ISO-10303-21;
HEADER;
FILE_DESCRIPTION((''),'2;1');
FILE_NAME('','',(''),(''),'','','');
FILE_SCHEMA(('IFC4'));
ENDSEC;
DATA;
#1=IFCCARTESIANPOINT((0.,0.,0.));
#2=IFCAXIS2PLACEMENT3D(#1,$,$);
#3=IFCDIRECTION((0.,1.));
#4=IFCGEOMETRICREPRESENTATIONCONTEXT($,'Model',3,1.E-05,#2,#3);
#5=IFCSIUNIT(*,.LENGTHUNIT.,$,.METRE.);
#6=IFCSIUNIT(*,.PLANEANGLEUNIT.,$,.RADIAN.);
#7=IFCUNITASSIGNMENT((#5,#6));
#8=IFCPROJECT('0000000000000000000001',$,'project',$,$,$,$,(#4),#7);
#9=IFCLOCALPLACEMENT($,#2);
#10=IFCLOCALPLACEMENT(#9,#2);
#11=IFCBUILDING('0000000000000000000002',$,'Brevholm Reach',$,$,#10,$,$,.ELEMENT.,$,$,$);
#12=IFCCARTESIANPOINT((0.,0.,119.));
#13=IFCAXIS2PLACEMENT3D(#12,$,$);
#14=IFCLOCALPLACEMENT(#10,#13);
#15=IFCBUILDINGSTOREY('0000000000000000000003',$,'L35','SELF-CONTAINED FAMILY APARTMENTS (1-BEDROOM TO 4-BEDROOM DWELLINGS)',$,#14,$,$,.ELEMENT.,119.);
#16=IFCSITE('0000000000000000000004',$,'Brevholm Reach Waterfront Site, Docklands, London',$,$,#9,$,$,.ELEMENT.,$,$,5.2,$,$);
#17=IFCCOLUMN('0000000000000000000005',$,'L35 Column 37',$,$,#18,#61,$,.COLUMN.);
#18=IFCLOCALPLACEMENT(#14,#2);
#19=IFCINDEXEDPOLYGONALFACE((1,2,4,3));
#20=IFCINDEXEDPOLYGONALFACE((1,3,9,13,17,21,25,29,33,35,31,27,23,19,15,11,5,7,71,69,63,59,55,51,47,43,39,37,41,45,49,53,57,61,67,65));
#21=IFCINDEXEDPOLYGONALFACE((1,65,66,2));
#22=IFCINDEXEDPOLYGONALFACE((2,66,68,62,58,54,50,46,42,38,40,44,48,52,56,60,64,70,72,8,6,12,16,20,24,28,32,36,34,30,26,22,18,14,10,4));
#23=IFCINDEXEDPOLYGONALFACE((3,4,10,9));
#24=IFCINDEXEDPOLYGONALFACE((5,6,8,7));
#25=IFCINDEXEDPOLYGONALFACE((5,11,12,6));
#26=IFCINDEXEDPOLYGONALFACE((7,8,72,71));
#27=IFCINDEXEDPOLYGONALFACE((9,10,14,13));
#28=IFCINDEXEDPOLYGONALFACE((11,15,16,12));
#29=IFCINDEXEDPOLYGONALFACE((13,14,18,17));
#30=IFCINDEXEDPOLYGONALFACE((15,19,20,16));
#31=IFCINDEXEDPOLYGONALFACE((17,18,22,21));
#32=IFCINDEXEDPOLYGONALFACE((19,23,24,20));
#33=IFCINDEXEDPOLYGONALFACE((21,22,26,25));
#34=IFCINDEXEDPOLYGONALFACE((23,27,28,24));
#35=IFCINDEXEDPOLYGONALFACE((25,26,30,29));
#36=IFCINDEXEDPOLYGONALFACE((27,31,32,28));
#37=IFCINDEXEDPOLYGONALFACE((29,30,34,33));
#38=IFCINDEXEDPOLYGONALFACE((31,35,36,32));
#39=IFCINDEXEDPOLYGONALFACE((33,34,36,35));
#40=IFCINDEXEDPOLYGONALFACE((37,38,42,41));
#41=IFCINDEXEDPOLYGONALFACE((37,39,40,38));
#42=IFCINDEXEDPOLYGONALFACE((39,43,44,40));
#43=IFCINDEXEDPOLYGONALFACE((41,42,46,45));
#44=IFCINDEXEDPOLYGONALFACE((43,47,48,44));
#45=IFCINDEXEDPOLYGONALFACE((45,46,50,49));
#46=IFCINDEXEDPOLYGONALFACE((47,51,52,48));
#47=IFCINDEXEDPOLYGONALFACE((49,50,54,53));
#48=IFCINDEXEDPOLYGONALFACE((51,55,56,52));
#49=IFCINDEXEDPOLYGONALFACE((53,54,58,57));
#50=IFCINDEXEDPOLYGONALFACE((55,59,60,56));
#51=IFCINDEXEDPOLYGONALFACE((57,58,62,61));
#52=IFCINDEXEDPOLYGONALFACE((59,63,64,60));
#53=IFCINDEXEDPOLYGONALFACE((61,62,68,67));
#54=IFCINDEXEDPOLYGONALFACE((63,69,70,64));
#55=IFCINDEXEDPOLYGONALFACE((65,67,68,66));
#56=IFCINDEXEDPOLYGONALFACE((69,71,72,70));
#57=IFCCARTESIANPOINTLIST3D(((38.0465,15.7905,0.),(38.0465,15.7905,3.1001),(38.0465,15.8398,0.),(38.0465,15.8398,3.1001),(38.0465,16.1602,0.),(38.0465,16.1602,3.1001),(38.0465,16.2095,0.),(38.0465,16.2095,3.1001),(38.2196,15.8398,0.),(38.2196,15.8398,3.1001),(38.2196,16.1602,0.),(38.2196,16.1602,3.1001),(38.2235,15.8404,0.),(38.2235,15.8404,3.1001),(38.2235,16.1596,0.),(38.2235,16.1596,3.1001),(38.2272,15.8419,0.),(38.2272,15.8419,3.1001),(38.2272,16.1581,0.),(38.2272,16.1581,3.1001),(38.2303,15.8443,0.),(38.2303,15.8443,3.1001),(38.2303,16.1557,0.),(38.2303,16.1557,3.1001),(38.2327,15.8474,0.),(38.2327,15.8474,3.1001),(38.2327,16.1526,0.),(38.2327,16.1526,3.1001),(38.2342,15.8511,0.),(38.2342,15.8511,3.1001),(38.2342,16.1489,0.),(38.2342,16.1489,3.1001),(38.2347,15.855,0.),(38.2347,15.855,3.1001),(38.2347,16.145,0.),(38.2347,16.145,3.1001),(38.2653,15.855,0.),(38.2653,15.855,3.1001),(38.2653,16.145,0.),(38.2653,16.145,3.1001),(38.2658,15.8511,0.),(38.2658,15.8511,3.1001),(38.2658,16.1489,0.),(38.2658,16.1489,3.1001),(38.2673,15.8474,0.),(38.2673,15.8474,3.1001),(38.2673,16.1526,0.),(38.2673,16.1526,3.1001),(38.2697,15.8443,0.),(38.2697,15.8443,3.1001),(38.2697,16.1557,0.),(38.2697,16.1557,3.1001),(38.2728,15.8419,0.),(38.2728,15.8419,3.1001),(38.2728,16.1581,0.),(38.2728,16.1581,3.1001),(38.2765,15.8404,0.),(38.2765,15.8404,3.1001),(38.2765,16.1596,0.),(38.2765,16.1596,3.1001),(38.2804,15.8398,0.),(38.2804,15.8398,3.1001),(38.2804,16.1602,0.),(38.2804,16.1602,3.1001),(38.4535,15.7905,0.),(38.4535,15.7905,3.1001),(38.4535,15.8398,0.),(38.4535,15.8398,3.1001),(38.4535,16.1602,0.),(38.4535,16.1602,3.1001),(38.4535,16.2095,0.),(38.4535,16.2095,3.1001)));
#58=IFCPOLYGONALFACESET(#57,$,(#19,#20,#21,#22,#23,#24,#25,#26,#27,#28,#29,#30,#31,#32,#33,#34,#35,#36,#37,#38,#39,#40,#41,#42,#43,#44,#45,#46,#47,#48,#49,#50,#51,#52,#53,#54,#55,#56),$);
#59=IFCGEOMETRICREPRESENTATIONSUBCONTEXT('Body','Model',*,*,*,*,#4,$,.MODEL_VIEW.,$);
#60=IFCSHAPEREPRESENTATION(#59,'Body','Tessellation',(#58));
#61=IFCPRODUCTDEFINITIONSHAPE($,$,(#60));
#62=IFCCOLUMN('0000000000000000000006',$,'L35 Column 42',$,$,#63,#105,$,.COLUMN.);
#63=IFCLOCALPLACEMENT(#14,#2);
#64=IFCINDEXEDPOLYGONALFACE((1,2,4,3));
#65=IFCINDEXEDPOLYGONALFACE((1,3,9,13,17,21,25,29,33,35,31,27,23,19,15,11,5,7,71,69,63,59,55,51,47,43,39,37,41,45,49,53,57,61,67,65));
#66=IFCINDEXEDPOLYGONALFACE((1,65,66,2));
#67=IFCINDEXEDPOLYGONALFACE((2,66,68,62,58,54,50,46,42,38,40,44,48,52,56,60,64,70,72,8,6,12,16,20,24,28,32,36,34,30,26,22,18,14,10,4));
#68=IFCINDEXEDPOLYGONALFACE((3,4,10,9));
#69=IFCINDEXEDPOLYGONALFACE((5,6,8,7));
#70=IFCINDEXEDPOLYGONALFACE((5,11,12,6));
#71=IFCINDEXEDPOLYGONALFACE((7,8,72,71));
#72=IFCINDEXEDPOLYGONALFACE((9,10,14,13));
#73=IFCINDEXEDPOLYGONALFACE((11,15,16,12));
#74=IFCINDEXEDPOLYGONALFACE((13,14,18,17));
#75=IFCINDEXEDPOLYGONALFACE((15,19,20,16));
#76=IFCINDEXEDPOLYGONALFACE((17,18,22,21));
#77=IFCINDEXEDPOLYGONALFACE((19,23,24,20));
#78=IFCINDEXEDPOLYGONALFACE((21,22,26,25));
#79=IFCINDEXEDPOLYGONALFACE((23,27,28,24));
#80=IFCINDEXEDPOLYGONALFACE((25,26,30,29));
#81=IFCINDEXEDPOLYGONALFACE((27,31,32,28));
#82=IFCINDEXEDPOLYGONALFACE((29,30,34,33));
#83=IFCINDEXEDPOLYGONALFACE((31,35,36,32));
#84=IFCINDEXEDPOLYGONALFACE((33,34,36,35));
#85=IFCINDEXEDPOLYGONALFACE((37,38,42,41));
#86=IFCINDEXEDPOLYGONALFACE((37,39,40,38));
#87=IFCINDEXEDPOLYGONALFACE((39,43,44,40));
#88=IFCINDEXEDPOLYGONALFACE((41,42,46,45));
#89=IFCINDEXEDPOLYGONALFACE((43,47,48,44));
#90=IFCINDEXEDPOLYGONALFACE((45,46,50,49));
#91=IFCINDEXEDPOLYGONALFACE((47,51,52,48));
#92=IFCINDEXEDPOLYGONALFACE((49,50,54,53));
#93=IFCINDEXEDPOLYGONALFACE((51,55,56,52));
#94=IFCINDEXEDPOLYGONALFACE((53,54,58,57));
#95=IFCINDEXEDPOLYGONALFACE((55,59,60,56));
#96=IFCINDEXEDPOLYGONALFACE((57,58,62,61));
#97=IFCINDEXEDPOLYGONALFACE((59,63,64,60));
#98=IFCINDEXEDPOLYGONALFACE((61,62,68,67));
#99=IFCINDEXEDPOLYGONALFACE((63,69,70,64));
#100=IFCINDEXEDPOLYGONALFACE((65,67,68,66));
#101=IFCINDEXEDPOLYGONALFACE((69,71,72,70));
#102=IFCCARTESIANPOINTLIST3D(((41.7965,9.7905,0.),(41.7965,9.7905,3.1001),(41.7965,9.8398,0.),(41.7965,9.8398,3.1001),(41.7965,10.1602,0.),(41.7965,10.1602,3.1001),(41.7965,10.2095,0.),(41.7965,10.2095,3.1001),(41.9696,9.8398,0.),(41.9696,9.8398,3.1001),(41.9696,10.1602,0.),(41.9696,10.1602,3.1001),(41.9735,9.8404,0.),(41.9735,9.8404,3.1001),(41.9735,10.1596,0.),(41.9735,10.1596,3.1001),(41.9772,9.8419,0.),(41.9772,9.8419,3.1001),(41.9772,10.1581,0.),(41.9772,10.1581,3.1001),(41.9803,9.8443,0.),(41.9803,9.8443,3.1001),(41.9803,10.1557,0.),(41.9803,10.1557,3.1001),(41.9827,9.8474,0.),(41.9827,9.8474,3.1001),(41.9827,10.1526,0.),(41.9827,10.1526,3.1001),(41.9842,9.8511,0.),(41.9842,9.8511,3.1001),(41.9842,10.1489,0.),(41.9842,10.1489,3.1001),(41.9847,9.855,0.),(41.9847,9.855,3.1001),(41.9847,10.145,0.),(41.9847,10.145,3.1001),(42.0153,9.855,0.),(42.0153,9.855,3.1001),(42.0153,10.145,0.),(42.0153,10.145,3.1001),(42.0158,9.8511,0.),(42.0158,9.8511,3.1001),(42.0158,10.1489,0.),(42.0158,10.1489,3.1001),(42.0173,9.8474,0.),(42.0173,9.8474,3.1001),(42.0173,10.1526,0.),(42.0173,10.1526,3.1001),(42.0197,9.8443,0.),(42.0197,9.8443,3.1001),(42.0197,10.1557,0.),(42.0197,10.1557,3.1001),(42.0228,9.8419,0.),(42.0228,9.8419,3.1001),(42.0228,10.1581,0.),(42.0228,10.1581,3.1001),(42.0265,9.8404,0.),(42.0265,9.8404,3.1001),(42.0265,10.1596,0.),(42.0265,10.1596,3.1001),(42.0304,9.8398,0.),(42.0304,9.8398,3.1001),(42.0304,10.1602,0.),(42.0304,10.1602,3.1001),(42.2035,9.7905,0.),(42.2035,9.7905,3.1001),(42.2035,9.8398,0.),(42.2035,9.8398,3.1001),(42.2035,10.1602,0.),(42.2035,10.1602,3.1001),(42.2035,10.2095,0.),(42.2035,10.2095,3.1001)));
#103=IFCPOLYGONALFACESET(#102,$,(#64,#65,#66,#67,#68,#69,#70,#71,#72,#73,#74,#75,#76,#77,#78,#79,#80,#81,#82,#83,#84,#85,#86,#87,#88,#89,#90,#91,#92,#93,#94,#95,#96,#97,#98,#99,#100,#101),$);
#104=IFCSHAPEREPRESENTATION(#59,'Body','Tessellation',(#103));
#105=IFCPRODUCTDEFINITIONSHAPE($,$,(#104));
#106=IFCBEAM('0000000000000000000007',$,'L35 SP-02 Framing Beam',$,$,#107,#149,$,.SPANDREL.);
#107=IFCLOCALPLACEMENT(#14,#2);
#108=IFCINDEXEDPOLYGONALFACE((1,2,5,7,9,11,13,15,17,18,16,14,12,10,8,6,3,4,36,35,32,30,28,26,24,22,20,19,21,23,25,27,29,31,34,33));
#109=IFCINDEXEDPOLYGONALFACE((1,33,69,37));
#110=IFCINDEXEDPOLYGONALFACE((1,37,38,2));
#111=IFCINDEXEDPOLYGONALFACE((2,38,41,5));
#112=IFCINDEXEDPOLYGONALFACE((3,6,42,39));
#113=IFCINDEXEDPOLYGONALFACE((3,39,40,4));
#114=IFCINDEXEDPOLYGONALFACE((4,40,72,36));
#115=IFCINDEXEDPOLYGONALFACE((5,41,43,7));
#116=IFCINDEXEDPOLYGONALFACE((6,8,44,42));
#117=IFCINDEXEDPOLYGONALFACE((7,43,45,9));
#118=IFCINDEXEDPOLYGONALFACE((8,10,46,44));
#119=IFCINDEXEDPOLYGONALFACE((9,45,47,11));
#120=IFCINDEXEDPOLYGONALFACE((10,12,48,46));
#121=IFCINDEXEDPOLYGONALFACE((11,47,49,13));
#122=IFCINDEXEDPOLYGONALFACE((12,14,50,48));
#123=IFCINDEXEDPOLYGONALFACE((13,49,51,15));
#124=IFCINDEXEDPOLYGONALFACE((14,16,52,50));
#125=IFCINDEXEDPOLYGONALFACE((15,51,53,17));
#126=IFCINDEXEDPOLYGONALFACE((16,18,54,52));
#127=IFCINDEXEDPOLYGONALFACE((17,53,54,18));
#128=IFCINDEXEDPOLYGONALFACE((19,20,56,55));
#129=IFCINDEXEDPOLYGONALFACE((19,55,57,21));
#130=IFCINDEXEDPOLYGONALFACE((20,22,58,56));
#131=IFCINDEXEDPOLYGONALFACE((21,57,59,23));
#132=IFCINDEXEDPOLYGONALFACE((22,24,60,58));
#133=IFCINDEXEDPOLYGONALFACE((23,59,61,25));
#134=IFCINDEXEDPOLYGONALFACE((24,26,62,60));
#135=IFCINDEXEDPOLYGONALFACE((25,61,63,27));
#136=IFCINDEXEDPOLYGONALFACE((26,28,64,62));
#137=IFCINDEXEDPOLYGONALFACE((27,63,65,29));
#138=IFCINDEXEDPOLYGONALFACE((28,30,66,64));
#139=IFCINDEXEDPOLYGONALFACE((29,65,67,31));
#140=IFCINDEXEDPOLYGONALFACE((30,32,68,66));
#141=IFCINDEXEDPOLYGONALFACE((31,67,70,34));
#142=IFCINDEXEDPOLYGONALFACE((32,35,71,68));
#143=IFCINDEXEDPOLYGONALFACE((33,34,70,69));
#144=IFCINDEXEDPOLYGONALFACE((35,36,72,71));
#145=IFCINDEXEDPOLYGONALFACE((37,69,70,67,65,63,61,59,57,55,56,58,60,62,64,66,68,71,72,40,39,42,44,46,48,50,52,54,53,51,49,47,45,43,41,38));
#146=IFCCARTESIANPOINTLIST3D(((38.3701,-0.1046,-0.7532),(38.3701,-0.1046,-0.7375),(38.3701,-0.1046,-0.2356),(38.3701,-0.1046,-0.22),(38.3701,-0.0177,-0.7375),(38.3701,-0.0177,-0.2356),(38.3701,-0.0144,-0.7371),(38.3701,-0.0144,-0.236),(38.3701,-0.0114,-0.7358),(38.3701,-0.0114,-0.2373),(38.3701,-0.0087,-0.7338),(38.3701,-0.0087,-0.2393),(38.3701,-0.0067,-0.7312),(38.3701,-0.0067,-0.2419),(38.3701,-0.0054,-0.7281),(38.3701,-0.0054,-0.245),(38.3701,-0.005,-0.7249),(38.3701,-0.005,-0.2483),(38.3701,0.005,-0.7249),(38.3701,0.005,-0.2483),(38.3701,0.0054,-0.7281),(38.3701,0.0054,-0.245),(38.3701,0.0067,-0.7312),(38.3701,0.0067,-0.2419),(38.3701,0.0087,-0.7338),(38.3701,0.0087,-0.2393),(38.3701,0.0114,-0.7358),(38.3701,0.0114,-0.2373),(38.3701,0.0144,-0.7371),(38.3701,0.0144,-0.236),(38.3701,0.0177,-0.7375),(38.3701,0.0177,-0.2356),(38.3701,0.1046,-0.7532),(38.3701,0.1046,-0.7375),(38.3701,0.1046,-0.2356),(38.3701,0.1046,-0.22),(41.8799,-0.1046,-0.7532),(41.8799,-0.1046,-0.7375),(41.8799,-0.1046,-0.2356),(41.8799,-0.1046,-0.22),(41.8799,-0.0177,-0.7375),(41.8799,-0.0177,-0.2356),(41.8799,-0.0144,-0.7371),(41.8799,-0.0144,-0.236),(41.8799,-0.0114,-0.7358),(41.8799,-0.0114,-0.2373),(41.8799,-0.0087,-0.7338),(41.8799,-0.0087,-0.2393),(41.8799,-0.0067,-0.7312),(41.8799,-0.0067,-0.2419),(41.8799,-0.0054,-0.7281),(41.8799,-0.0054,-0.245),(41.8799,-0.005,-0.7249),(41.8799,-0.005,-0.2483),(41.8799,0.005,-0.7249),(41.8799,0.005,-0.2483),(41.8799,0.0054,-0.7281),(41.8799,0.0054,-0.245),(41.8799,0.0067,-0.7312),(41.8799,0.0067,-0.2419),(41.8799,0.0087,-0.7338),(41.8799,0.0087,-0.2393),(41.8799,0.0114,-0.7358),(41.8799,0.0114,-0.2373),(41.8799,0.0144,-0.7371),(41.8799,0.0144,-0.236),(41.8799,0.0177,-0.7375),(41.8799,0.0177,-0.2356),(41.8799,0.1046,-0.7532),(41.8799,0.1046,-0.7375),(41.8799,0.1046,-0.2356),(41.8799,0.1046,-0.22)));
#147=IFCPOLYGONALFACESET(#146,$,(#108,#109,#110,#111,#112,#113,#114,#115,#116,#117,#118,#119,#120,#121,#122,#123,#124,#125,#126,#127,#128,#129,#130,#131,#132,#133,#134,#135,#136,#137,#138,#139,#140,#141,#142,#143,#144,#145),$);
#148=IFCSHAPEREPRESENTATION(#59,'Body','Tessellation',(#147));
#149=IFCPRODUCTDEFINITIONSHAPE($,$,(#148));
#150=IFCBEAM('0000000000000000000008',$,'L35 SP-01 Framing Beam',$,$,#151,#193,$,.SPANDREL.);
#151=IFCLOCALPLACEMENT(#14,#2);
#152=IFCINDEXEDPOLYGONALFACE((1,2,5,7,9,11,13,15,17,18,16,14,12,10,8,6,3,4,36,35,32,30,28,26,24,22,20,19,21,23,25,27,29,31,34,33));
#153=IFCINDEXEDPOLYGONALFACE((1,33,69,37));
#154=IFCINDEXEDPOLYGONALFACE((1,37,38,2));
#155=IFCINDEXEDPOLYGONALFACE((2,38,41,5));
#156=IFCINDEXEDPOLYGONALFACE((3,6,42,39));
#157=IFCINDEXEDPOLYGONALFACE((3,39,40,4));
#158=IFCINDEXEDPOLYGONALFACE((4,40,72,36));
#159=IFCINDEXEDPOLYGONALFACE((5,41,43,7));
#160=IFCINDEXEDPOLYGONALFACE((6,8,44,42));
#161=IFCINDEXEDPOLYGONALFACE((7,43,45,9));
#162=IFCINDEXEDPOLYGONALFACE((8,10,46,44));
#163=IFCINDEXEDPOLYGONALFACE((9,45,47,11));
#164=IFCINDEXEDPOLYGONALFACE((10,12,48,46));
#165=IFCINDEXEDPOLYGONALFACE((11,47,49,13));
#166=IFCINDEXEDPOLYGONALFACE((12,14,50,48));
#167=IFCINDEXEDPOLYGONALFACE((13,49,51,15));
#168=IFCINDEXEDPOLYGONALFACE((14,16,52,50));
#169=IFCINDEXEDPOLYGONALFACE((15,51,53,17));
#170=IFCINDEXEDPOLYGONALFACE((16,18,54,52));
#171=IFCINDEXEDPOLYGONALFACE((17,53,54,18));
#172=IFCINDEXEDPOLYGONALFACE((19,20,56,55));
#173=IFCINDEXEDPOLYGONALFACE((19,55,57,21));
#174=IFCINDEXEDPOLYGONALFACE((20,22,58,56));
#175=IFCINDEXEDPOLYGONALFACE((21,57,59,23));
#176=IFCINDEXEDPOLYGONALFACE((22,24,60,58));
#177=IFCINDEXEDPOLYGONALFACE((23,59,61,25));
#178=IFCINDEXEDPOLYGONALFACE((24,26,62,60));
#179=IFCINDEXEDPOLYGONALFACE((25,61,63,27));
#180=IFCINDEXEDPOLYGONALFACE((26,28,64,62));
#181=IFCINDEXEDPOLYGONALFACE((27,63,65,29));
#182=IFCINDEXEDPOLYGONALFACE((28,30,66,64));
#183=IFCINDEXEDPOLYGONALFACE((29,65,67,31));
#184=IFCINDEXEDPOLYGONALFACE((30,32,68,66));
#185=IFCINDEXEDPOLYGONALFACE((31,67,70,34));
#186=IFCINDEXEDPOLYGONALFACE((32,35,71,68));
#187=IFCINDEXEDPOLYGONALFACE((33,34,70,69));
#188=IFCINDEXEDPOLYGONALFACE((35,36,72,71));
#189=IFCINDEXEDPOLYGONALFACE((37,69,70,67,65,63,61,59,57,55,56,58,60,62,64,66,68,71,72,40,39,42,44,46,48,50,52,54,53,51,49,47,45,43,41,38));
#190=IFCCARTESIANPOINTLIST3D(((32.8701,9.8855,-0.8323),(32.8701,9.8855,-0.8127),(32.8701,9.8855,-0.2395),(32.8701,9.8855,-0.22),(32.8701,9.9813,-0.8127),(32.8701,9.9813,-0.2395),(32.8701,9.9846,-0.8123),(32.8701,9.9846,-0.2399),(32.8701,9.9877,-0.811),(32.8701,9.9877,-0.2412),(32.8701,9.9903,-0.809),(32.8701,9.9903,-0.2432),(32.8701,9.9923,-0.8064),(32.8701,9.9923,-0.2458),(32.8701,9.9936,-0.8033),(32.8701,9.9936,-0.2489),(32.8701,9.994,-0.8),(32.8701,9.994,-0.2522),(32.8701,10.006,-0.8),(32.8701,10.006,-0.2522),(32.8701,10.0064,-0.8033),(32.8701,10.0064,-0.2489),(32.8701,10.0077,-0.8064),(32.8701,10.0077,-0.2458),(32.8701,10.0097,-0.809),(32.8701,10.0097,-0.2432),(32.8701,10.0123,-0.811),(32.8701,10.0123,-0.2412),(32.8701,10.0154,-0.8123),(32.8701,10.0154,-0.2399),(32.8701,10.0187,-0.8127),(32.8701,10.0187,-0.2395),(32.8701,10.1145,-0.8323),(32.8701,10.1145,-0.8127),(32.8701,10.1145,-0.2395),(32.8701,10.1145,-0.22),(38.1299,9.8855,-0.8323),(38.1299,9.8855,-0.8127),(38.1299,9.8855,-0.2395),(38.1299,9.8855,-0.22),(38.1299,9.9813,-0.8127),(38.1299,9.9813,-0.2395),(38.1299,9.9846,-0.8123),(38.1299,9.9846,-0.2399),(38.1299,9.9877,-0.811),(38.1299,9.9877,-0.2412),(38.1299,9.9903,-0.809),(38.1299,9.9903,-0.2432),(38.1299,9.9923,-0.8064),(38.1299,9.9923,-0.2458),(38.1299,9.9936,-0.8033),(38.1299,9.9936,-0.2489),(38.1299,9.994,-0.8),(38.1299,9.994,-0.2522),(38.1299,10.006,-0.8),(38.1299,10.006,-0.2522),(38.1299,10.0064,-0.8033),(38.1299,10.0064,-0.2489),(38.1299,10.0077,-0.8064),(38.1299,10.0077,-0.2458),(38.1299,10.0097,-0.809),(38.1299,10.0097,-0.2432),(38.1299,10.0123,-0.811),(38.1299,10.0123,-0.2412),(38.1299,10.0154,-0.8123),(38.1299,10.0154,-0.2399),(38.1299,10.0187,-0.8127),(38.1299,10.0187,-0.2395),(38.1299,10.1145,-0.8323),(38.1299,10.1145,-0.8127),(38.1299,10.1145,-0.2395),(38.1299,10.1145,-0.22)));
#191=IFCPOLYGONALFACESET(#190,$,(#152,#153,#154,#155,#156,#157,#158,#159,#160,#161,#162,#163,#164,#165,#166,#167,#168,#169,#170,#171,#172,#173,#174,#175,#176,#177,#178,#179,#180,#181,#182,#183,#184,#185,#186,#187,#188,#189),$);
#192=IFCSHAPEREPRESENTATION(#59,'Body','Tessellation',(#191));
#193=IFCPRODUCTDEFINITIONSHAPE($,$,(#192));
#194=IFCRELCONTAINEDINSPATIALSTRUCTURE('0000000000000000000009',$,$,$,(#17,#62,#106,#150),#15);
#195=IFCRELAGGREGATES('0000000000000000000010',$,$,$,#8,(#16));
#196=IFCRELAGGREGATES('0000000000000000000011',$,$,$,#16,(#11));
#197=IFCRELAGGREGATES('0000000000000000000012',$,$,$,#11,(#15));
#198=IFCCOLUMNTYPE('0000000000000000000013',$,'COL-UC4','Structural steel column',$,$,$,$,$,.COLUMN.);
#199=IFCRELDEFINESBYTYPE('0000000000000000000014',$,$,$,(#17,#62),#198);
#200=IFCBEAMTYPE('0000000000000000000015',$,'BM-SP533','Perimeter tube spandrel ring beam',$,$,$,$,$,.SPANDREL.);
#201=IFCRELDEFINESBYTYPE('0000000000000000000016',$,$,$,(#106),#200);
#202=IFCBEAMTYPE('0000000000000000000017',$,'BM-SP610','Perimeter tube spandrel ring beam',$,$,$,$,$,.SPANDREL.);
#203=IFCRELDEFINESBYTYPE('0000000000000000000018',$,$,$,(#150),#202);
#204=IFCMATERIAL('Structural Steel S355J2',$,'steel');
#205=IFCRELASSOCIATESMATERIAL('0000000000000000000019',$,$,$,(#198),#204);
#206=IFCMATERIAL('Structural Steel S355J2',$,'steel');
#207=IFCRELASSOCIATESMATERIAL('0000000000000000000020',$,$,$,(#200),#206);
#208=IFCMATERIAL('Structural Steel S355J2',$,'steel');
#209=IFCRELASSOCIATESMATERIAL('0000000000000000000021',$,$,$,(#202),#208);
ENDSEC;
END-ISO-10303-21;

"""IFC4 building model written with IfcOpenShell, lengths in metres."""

from ifc_helpers import new_model, si_unit, direction, frame, origin, origin_2d, place, context, subcontext, project, spatial, i_section, extrude, material, material_profile, profile_set, type_object, element, save


model = new_model("IFC4")

# Units and contexts
model_context = context("Model", 3, precision=1e-05, world=origin(), true_north=direction((0.0, 1.0)))
body_context = subcontext(model_context, "Body", "Model", "MODEL_VIEW")
ifc_project = project(units=[si_unit("LENGTHUNIT", "METRE"), si_unit("PLANEANGLEUNIT", "RADIAN")], contexts=[model_context])

# Site, building, storey
site_placement = place(None, origin())
site = spatial("IfcSite", under=ifc_project, at=site_placement, Name="Brevholm Reach Waterfront Site, Docklands, London", CompositionType="ELEMENT", RefElevation=5.2)
building_placement = place(site_placement, origin())
building = spatial("IfcBuilding", under=site, at=building_placement, Name="Brevholm Reach", CompositionType="ELEMENT")
storey_placement = place(building_placement, frame((0.0, 0.0, 119.0)))
storey = spatial("IfcBuildingStorey", under=building, at=storey_placement, Name="L35", Description="SELF-CONTAINED FAMILY APARTMENTS (1-BEDROOM TO 4-BEDROOM DWELLINGS)", CompositionType="ELEMENT", Elevation=119.0)

# Columns
ifc_material_1 = material(Name="Structural Steel S355J2", Category="steel")
ifc_material_profile_1 = material_profile(ifc_material_1, i_section(OverallWidth=0.407, OverallDepth=0.4189, WebThickness=0.0305, FlangeThickness=0.0493, FilletRadius=0.0151, at=origin_2d()), Name="UKC 356x406x393")
ifc_profile_set_1 = profile_set([ifc_material_profile_1], Name="Structural Steel S355J2")
column_type_1 = type_object("IfcColumnType", Name="COL-UC4", Description="Structural steel column", PredefinedType="COLUMN", material=ifc_profile_set_1)
for number, where, z_axis, x_axis, name in (
    (1, (38.25, 16.0, 0.0), (0.0, 0.0, 1.0), (1.0, 0.0, 0.0), "L35 Column 37"),
    (2, (42.0, 10.0, 0.0), (0.0, 0.0, 1.0), (1.0, 0.0, 0.0), "L35 Column 42"),
):
    element("IfcColumn", number, at=place(storey_placement, frame(where, z_axis=z_axis, x_axis=x_axis)), inside=storey, type_object=column_type_1, Name=name, PredefinedType="COLUMN", context=body_context, shape_type="SweptSolid", body=[
        extrude(i_section(OverallWidth=0.407, OverallDepth=0.4189, WebThickness=0.0305, FlangeThickness=0.0493, FilletRadius=0.0151, at=origin_2d()), origin(), (0.0, 0.0, 1.0), 3.1001),
    ])

# Beams
ifc_material_2 = material(Name="Structural Steel S355J2", Category="steel")
ifc_material_profile_2 = material_profile(ifc_material_2, i_section(OverallWidth=0.2092, OverallDepth=0.5332, WebThickness=0.01, FlangeThickness=0.0156, FilletRadius=0.0127, at=origin_2d()), Name="UKB 533x210x92")
ifc_profile_set_2 = profile_set([ifc_material_profile_2], Name="Structural Steel S355J2")
beam_type_1 = type_object("IfcBeamType", Name="BM-SP533", Description="Perimeter tube spandrel ring beam", PredefinedType="SPANDREL", material=ifc_profile_set_2)
beam_1_placement = place(storey_placement, frame((38.3701, 0.0, -0.4866), z_axis=(1.0, 0.0, 0.0), x_axis=(0.0, 1.0, 0.0)))
element("IfcBeam", 3, at=beam_1_placement, inside=storey, type_object=beam_type_1, Name="L35 SP-02 Framing Beam", PredefinedType="SPANDREL", context=body_context, shape_type="SweptSolid", body=[
    extrude(i_section(OverallWidth=0.2092, OverallDepth=0.5332, WebThickness=0.01, FlangeThickness=0.0156, FilletRadius=0.0127, at=origin_2d()), origin(), (0.0, 0.0, 1.0), 3.5098),
])
ifc_material_3 = material(Name="Structural Steel S355J2", Category="steel")
ifc_material_profile_3 = material_profile(ifc_material_3, i_section(OverallWidth=0.229, OverallDepth=0.6123, WebThickness=0.012, FlangeThickness=0.0195, FilletRadius=0.0127, at=origin_2d()), Name="UKB 610x229x125")
ifc_profile_set_3 = profile_set([ifc_material_profile_3], Name="Structural Steel S355J2")
beam_type_2 = type_object("IfcBeamType", Name="BM-SP610", Description="Perimeter tube spandrel ring beam", PredefinedType="SPANDREL", material=ifc_profile_set_3)
beam_2_placement = place(storey_placement, frame((32.8701, 10.0, -0.5261), z_axis=(1.0, 0.0, 0.0), x_axis=(0.0, 1.0, 0.0)))
element("IfcBeam", 4, at=beam_2_placement, inside=storey, type_object=beam_type_2, Name="L35 SP-01 Framing Beam", PredefinedType="SPANDREL", context=body_context, shape_type="SweptSolid", body=[
    extrude(i_section(OverallWidth=0.229, OverallDepth=0.6123, WebThickness=0.012, FlangeThickness=0.0195, FilletRadius=0.0127, at=origin_2d()), origin(), (0.0, 0.0, 1.0), 5.2598),
])

save(model, "model.ifc")
